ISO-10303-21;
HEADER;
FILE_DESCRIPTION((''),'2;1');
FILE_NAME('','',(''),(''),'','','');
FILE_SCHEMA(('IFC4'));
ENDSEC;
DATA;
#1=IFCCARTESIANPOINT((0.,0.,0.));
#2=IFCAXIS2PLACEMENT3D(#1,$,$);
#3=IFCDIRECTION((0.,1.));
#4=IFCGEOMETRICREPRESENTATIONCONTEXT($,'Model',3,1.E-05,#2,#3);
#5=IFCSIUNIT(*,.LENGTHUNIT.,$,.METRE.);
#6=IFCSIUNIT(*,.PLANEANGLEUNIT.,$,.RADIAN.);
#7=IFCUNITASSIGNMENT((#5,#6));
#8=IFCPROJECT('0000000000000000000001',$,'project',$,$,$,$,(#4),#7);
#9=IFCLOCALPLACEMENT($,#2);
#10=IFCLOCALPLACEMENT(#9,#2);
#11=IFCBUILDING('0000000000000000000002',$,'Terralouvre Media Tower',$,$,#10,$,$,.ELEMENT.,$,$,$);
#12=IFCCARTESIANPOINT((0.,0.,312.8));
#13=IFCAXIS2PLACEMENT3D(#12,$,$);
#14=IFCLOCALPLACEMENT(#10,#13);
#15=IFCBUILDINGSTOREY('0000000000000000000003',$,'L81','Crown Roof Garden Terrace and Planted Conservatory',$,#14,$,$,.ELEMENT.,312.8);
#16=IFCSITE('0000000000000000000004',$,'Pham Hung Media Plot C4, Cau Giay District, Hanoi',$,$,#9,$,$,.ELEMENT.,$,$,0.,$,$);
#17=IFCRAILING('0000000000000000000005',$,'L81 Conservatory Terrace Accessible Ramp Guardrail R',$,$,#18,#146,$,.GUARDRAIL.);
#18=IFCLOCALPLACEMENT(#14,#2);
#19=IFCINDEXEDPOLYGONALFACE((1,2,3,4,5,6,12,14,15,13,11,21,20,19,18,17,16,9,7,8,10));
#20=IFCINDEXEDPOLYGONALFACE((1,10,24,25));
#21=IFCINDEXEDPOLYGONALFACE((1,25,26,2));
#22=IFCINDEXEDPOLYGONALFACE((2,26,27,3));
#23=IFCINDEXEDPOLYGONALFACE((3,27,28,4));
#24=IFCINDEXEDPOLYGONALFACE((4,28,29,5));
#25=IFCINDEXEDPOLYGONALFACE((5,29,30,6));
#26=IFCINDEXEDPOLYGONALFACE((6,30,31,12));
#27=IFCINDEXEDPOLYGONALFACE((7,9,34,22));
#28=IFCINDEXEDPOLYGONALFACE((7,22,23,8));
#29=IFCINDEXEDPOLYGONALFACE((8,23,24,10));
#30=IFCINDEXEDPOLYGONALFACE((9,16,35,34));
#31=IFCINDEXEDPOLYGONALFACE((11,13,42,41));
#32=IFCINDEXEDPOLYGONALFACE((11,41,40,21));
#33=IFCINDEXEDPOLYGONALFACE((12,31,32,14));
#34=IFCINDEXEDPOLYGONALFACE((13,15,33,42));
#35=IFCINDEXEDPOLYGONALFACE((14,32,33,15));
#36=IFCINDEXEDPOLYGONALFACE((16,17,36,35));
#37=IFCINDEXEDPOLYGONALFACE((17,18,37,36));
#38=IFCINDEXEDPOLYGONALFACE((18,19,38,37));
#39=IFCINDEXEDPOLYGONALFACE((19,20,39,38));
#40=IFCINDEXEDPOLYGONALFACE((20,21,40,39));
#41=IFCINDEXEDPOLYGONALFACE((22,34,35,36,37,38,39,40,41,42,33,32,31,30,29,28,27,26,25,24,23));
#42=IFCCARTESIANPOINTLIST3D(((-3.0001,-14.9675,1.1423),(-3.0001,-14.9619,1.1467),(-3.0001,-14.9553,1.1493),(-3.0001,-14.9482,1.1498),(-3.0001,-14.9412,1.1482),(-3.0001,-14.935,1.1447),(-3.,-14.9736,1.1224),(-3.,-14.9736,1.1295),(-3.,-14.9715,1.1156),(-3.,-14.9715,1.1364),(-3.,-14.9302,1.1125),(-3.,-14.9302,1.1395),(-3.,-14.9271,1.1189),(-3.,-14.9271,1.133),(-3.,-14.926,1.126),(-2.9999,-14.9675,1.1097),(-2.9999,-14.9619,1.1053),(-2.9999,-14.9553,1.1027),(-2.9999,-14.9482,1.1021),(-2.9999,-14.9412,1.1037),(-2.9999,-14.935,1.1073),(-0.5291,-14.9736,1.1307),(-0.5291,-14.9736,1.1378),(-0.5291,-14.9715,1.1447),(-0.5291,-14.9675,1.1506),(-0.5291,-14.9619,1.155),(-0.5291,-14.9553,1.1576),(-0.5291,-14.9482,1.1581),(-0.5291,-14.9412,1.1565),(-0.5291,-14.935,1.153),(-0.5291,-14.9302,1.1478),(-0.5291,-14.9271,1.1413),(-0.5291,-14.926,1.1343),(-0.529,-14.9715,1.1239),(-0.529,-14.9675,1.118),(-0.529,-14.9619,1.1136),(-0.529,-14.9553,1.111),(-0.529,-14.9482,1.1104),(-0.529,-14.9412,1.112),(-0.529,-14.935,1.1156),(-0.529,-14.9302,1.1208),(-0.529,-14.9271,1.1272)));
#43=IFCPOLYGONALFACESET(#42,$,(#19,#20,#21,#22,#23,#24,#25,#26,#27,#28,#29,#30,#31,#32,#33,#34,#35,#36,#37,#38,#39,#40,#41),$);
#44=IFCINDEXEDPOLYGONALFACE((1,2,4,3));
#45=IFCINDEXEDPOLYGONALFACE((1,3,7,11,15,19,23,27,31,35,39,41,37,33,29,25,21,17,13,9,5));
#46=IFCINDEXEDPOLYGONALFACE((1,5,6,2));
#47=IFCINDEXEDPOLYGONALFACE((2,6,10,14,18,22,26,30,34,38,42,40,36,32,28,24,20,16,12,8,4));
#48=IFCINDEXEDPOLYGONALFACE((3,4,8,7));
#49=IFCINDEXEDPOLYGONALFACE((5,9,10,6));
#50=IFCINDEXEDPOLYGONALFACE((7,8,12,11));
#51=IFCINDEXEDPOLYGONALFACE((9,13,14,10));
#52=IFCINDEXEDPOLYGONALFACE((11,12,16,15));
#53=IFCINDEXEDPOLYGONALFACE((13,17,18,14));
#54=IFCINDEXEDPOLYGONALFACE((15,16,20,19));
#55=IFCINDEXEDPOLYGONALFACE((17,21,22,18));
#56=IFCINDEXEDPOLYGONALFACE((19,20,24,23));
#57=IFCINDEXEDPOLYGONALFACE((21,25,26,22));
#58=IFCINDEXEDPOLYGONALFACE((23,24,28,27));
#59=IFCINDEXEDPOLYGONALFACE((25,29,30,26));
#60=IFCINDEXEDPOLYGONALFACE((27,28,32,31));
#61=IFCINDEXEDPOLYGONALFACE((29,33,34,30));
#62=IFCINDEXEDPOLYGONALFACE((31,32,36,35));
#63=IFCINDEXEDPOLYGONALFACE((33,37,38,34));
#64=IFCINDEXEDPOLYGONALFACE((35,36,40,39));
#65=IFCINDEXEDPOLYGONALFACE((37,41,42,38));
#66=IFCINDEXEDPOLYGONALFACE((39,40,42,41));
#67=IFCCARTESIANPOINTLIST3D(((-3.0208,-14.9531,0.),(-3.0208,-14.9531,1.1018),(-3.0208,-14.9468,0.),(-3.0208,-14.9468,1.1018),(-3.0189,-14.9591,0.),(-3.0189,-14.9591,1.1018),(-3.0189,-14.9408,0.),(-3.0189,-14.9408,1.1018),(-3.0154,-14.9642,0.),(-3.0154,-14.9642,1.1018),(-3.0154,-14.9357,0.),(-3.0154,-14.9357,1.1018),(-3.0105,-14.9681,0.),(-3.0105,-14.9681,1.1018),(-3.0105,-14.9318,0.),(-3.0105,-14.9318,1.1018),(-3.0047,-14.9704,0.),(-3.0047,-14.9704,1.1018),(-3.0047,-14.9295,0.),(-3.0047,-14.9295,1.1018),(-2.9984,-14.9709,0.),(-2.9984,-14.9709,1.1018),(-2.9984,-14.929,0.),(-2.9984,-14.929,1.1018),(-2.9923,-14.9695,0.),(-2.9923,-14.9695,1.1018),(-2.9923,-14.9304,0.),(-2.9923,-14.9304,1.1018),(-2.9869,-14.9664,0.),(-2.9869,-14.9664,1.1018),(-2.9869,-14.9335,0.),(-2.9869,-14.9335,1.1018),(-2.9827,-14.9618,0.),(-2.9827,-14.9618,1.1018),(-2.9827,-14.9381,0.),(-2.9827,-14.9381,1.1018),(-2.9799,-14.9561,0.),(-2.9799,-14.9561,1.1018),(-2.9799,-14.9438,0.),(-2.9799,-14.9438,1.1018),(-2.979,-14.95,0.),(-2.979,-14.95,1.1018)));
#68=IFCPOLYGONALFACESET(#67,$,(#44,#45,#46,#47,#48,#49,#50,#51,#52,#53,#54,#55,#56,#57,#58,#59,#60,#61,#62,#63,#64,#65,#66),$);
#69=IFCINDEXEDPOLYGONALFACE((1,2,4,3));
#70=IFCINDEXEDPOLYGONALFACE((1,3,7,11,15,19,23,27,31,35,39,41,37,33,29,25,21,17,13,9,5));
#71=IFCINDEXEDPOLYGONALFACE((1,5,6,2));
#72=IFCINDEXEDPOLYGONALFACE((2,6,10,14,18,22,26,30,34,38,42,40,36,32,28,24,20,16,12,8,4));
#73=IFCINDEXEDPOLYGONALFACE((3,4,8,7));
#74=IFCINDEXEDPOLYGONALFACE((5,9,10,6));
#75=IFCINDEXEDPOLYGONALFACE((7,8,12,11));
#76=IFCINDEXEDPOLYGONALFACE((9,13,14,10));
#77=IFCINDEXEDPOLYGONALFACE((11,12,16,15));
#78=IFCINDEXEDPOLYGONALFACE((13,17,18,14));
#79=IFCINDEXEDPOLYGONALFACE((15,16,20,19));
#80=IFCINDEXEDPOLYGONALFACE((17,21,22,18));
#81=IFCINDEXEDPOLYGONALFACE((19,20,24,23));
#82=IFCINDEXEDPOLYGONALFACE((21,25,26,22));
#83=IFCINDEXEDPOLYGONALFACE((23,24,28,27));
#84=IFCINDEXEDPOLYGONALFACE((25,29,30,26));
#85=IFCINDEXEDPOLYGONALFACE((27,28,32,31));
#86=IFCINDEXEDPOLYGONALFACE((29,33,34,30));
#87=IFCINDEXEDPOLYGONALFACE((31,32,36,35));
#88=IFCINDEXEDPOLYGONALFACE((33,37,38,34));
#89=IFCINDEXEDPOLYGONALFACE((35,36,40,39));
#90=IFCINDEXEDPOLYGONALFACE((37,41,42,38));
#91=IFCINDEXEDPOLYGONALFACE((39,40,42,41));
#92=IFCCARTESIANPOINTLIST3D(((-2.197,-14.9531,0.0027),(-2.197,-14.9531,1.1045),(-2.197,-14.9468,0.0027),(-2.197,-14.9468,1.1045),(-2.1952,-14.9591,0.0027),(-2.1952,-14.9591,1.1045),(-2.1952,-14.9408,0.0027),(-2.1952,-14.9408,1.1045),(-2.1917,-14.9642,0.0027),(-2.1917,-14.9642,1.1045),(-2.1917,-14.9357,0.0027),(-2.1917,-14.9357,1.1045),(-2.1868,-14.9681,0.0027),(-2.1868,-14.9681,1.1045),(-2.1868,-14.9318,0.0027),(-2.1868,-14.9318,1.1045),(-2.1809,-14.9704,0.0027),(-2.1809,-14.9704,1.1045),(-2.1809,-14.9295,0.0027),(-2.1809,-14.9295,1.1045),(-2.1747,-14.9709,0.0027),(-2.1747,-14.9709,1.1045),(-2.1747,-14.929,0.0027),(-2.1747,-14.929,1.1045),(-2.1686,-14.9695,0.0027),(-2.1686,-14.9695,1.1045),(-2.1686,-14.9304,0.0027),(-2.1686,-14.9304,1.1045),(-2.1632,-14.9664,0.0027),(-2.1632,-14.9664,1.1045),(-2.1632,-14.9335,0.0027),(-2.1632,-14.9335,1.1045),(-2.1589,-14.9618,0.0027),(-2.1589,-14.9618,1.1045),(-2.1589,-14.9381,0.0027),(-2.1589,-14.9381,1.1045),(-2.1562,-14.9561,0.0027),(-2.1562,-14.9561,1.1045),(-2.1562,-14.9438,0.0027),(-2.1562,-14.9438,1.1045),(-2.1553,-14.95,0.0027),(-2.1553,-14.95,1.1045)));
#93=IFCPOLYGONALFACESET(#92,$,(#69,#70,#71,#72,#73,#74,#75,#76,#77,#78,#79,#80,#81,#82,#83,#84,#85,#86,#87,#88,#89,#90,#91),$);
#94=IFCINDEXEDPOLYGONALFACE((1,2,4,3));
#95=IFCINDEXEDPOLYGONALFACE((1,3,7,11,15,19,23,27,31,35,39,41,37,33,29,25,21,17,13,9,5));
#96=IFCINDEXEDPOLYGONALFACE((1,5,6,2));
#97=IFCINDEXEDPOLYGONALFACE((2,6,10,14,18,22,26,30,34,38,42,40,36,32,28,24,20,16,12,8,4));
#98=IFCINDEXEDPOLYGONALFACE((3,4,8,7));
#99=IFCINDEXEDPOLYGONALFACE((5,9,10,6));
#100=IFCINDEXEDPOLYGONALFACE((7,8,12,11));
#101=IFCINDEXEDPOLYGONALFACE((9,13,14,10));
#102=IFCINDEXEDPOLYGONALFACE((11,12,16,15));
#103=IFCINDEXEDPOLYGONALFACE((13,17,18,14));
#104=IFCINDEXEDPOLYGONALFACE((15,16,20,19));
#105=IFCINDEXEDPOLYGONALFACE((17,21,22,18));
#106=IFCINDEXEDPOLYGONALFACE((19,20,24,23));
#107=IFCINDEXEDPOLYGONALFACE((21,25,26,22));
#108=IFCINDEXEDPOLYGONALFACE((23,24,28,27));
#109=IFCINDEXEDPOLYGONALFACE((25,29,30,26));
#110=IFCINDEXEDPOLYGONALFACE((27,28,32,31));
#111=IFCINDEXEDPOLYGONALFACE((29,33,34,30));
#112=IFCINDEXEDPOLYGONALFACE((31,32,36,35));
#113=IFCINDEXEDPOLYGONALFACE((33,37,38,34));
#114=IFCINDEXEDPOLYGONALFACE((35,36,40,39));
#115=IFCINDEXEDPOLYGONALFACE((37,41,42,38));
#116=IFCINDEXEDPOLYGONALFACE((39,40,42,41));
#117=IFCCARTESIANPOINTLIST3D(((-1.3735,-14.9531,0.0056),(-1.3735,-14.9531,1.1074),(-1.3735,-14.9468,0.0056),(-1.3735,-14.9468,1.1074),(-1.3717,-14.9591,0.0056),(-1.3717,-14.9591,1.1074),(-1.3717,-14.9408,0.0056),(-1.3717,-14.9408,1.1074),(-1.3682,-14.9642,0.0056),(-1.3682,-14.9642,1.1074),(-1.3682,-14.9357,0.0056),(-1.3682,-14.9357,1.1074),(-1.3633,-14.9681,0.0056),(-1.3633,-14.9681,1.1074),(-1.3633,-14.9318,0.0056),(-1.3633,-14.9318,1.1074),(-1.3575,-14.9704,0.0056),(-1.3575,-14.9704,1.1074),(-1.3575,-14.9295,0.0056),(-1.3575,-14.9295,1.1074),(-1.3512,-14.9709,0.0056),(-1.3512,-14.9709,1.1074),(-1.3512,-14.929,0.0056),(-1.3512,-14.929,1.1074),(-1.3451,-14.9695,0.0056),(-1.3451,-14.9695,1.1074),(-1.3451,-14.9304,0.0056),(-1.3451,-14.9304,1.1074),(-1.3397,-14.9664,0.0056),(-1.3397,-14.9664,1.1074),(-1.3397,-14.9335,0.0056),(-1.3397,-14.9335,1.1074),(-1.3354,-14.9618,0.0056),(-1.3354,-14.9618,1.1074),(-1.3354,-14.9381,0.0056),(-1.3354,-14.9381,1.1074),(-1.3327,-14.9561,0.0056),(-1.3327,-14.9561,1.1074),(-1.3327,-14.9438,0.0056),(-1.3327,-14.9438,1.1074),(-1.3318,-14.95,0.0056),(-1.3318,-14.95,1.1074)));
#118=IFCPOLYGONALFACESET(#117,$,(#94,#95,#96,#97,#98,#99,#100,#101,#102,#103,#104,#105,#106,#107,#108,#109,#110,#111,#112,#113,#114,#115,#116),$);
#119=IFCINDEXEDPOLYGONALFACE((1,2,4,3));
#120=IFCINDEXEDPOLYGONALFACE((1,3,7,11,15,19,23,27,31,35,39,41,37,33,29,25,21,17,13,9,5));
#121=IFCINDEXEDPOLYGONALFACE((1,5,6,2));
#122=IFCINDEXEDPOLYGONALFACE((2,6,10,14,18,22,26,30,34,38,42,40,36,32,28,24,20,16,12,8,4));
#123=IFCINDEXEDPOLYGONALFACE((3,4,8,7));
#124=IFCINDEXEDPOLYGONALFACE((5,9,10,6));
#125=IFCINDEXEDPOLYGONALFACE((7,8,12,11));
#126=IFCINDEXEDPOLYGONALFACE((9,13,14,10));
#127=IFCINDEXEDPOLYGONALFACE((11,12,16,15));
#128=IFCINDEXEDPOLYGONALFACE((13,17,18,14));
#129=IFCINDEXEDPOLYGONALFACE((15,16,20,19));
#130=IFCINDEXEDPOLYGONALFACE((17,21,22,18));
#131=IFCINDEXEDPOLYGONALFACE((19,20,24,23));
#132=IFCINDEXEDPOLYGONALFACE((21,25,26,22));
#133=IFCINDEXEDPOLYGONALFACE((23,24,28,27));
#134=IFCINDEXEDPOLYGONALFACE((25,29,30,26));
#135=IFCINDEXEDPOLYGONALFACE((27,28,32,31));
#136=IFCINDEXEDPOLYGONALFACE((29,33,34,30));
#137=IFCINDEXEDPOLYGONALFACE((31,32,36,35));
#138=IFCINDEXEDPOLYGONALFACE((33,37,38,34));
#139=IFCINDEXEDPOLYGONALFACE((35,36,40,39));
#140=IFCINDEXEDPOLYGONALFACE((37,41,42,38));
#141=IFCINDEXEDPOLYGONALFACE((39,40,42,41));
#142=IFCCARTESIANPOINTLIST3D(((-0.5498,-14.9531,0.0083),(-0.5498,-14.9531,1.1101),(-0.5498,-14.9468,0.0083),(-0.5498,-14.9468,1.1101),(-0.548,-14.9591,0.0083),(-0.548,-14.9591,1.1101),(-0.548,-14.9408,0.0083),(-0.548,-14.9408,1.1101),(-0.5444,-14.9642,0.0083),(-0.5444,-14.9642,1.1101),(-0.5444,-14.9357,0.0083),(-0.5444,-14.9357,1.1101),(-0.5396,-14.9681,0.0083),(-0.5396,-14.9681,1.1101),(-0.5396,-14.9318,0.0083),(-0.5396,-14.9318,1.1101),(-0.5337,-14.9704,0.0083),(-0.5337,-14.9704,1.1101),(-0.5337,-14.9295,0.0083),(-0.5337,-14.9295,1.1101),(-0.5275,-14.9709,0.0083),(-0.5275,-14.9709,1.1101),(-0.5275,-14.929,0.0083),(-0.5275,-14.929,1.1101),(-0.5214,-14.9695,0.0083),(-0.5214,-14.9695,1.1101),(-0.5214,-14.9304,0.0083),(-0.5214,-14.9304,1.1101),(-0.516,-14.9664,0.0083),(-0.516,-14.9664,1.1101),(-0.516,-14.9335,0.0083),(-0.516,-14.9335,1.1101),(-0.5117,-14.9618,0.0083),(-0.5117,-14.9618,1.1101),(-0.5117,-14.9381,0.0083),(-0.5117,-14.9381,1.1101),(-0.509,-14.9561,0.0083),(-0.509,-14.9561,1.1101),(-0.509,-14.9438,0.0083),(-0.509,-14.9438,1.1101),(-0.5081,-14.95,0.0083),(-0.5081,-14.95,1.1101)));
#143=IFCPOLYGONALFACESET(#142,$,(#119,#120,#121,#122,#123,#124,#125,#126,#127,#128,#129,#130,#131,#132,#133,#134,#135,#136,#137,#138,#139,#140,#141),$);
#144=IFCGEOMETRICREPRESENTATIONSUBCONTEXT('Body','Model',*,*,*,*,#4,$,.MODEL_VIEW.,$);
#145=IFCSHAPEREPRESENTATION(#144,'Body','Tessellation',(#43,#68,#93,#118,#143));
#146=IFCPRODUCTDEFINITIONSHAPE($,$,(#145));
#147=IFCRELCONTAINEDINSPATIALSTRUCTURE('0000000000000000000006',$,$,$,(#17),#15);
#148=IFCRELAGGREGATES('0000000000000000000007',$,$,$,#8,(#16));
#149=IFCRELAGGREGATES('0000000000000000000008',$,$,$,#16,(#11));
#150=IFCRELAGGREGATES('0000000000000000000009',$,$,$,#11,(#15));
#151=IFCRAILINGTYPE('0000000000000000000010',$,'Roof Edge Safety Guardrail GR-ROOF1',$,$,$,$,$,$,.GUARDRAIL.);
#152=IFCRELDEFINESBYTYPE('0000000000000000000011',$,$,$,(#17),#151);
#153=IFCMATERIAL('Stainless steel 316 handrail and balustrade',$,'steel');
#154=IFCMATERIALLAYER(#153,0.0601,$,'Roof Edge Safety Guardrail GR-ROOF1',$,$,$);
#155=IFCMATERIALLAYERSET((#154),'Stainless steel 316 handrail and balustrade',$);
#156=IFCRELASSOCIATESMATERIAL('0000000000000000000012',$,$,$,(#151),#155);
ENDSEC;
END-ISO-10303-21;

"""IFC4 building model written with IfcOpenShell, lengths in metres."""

from ifc_helpers import new_model, si_unit, direction, frame, origin, origin_2d, place, context, subcontext, project, spatial, circle, extrude, material, layer, layer_set, type_object, element, save


model = new_model("IFC4")

# Units and contexts
model_context = context("Model", 3, precision=1e-05, world=origin(), true_north=direction((0.0, 1.0)))
body_context = subcontext(model_context, "Body", "Model", "MODEL_VIEW")
ifc_project = project(units=[si_unit("LENGTHUNIT", "METRE"), si_unit("PLANEANGLEUNIT", "RADIAN")], contexts=[model_context])

# Site, building, storey
site_placement = place(None, origin())
site = spatial("IfcSite", under=ifc_project, at=site_placement, Name="Pham Hung Media Plot C4, Cau Giay District, Hanoi", CompositionType="ELEMENT", RefElevation=0.0)
building_placement = place(site_placement, origin())
building = spatial("IfcBuilding", under=site, at=building_placement, Name="Terralouvre Media Tower", CompositionType="ELEMENT")
storey_placement = place(building_placement, frame((0.0, 0.0, 312.8)))
storey = spatial("IfcBuildingStorey", under=building, at=storey_placement, Name="L81", Description="Crown Roof Garden Terrace and Planted Conservatory", CompositionType="ELEMENT", Elevation=312.8)

# Railing
ifc_material_1 = material(Name="Stainless steel 316 handrail and balustrade", Category="steel")
ifc_layer_1 = layer(ifc_material_1, 0.0601, Name="Roof Edge Safety Guardrail GR-ROOF1")
ifc_layer_set_1 = layer_set([ifc_layer_1], Name="Stainless steel 316 handrail and balustrade")
railing_type = type_object("IfcRailingType", Name="Roof Edge Safety Guardrail GR-ROOF1", PredefinedType="GUARDRAIL", material=ifc_layer_set_1)
railing_1_placement = place(storey_placement, frame((-3.0, -14.95, 0.0)))
element("IfcRailing", 1, at=railing_1_placement, inside=storey, type_object=railing_type, Name="L81 Conservatory Terrace Accessible Ramp Guardrail R", PredefinedType="GUARDRAIL", context=body_context, shape_type="SweptSolid", body=[
    extrude(circle(Radius=0.0239, at=origin_2d()), frame((0.0, 0.0, 1.126), z_axis=(0.999994, 0.0, 0.003359), x_axis=(0.0, 1.0, 0.0)), (0.0, 0.0, 1.0), 2.4709),
    extrude(circle(Radius=0.021, at=origin_2d()), origin(), (0.0, 0.0, 1.0), 1.1018),
    extrude(circle(Radius=0.021, at=origin_2d()), frame((0.8237, 0.0, 0.0027)), (0.0, 0.0, 1.0), 1.1018),
    extrude(circle(Radius=0.021, at=origin_2d()), frame((1.6472, 0.0, 0.0056)), (0.0, 0.0, 1.0), 1.1018),
    extrude(circle(Radius=0.021, at=origin_2d()), frame((2.4709, 0.0, 0.0083)), (0.0, 0.0, 1.0), 1.1018),
])

save(model, "model.ifc")
